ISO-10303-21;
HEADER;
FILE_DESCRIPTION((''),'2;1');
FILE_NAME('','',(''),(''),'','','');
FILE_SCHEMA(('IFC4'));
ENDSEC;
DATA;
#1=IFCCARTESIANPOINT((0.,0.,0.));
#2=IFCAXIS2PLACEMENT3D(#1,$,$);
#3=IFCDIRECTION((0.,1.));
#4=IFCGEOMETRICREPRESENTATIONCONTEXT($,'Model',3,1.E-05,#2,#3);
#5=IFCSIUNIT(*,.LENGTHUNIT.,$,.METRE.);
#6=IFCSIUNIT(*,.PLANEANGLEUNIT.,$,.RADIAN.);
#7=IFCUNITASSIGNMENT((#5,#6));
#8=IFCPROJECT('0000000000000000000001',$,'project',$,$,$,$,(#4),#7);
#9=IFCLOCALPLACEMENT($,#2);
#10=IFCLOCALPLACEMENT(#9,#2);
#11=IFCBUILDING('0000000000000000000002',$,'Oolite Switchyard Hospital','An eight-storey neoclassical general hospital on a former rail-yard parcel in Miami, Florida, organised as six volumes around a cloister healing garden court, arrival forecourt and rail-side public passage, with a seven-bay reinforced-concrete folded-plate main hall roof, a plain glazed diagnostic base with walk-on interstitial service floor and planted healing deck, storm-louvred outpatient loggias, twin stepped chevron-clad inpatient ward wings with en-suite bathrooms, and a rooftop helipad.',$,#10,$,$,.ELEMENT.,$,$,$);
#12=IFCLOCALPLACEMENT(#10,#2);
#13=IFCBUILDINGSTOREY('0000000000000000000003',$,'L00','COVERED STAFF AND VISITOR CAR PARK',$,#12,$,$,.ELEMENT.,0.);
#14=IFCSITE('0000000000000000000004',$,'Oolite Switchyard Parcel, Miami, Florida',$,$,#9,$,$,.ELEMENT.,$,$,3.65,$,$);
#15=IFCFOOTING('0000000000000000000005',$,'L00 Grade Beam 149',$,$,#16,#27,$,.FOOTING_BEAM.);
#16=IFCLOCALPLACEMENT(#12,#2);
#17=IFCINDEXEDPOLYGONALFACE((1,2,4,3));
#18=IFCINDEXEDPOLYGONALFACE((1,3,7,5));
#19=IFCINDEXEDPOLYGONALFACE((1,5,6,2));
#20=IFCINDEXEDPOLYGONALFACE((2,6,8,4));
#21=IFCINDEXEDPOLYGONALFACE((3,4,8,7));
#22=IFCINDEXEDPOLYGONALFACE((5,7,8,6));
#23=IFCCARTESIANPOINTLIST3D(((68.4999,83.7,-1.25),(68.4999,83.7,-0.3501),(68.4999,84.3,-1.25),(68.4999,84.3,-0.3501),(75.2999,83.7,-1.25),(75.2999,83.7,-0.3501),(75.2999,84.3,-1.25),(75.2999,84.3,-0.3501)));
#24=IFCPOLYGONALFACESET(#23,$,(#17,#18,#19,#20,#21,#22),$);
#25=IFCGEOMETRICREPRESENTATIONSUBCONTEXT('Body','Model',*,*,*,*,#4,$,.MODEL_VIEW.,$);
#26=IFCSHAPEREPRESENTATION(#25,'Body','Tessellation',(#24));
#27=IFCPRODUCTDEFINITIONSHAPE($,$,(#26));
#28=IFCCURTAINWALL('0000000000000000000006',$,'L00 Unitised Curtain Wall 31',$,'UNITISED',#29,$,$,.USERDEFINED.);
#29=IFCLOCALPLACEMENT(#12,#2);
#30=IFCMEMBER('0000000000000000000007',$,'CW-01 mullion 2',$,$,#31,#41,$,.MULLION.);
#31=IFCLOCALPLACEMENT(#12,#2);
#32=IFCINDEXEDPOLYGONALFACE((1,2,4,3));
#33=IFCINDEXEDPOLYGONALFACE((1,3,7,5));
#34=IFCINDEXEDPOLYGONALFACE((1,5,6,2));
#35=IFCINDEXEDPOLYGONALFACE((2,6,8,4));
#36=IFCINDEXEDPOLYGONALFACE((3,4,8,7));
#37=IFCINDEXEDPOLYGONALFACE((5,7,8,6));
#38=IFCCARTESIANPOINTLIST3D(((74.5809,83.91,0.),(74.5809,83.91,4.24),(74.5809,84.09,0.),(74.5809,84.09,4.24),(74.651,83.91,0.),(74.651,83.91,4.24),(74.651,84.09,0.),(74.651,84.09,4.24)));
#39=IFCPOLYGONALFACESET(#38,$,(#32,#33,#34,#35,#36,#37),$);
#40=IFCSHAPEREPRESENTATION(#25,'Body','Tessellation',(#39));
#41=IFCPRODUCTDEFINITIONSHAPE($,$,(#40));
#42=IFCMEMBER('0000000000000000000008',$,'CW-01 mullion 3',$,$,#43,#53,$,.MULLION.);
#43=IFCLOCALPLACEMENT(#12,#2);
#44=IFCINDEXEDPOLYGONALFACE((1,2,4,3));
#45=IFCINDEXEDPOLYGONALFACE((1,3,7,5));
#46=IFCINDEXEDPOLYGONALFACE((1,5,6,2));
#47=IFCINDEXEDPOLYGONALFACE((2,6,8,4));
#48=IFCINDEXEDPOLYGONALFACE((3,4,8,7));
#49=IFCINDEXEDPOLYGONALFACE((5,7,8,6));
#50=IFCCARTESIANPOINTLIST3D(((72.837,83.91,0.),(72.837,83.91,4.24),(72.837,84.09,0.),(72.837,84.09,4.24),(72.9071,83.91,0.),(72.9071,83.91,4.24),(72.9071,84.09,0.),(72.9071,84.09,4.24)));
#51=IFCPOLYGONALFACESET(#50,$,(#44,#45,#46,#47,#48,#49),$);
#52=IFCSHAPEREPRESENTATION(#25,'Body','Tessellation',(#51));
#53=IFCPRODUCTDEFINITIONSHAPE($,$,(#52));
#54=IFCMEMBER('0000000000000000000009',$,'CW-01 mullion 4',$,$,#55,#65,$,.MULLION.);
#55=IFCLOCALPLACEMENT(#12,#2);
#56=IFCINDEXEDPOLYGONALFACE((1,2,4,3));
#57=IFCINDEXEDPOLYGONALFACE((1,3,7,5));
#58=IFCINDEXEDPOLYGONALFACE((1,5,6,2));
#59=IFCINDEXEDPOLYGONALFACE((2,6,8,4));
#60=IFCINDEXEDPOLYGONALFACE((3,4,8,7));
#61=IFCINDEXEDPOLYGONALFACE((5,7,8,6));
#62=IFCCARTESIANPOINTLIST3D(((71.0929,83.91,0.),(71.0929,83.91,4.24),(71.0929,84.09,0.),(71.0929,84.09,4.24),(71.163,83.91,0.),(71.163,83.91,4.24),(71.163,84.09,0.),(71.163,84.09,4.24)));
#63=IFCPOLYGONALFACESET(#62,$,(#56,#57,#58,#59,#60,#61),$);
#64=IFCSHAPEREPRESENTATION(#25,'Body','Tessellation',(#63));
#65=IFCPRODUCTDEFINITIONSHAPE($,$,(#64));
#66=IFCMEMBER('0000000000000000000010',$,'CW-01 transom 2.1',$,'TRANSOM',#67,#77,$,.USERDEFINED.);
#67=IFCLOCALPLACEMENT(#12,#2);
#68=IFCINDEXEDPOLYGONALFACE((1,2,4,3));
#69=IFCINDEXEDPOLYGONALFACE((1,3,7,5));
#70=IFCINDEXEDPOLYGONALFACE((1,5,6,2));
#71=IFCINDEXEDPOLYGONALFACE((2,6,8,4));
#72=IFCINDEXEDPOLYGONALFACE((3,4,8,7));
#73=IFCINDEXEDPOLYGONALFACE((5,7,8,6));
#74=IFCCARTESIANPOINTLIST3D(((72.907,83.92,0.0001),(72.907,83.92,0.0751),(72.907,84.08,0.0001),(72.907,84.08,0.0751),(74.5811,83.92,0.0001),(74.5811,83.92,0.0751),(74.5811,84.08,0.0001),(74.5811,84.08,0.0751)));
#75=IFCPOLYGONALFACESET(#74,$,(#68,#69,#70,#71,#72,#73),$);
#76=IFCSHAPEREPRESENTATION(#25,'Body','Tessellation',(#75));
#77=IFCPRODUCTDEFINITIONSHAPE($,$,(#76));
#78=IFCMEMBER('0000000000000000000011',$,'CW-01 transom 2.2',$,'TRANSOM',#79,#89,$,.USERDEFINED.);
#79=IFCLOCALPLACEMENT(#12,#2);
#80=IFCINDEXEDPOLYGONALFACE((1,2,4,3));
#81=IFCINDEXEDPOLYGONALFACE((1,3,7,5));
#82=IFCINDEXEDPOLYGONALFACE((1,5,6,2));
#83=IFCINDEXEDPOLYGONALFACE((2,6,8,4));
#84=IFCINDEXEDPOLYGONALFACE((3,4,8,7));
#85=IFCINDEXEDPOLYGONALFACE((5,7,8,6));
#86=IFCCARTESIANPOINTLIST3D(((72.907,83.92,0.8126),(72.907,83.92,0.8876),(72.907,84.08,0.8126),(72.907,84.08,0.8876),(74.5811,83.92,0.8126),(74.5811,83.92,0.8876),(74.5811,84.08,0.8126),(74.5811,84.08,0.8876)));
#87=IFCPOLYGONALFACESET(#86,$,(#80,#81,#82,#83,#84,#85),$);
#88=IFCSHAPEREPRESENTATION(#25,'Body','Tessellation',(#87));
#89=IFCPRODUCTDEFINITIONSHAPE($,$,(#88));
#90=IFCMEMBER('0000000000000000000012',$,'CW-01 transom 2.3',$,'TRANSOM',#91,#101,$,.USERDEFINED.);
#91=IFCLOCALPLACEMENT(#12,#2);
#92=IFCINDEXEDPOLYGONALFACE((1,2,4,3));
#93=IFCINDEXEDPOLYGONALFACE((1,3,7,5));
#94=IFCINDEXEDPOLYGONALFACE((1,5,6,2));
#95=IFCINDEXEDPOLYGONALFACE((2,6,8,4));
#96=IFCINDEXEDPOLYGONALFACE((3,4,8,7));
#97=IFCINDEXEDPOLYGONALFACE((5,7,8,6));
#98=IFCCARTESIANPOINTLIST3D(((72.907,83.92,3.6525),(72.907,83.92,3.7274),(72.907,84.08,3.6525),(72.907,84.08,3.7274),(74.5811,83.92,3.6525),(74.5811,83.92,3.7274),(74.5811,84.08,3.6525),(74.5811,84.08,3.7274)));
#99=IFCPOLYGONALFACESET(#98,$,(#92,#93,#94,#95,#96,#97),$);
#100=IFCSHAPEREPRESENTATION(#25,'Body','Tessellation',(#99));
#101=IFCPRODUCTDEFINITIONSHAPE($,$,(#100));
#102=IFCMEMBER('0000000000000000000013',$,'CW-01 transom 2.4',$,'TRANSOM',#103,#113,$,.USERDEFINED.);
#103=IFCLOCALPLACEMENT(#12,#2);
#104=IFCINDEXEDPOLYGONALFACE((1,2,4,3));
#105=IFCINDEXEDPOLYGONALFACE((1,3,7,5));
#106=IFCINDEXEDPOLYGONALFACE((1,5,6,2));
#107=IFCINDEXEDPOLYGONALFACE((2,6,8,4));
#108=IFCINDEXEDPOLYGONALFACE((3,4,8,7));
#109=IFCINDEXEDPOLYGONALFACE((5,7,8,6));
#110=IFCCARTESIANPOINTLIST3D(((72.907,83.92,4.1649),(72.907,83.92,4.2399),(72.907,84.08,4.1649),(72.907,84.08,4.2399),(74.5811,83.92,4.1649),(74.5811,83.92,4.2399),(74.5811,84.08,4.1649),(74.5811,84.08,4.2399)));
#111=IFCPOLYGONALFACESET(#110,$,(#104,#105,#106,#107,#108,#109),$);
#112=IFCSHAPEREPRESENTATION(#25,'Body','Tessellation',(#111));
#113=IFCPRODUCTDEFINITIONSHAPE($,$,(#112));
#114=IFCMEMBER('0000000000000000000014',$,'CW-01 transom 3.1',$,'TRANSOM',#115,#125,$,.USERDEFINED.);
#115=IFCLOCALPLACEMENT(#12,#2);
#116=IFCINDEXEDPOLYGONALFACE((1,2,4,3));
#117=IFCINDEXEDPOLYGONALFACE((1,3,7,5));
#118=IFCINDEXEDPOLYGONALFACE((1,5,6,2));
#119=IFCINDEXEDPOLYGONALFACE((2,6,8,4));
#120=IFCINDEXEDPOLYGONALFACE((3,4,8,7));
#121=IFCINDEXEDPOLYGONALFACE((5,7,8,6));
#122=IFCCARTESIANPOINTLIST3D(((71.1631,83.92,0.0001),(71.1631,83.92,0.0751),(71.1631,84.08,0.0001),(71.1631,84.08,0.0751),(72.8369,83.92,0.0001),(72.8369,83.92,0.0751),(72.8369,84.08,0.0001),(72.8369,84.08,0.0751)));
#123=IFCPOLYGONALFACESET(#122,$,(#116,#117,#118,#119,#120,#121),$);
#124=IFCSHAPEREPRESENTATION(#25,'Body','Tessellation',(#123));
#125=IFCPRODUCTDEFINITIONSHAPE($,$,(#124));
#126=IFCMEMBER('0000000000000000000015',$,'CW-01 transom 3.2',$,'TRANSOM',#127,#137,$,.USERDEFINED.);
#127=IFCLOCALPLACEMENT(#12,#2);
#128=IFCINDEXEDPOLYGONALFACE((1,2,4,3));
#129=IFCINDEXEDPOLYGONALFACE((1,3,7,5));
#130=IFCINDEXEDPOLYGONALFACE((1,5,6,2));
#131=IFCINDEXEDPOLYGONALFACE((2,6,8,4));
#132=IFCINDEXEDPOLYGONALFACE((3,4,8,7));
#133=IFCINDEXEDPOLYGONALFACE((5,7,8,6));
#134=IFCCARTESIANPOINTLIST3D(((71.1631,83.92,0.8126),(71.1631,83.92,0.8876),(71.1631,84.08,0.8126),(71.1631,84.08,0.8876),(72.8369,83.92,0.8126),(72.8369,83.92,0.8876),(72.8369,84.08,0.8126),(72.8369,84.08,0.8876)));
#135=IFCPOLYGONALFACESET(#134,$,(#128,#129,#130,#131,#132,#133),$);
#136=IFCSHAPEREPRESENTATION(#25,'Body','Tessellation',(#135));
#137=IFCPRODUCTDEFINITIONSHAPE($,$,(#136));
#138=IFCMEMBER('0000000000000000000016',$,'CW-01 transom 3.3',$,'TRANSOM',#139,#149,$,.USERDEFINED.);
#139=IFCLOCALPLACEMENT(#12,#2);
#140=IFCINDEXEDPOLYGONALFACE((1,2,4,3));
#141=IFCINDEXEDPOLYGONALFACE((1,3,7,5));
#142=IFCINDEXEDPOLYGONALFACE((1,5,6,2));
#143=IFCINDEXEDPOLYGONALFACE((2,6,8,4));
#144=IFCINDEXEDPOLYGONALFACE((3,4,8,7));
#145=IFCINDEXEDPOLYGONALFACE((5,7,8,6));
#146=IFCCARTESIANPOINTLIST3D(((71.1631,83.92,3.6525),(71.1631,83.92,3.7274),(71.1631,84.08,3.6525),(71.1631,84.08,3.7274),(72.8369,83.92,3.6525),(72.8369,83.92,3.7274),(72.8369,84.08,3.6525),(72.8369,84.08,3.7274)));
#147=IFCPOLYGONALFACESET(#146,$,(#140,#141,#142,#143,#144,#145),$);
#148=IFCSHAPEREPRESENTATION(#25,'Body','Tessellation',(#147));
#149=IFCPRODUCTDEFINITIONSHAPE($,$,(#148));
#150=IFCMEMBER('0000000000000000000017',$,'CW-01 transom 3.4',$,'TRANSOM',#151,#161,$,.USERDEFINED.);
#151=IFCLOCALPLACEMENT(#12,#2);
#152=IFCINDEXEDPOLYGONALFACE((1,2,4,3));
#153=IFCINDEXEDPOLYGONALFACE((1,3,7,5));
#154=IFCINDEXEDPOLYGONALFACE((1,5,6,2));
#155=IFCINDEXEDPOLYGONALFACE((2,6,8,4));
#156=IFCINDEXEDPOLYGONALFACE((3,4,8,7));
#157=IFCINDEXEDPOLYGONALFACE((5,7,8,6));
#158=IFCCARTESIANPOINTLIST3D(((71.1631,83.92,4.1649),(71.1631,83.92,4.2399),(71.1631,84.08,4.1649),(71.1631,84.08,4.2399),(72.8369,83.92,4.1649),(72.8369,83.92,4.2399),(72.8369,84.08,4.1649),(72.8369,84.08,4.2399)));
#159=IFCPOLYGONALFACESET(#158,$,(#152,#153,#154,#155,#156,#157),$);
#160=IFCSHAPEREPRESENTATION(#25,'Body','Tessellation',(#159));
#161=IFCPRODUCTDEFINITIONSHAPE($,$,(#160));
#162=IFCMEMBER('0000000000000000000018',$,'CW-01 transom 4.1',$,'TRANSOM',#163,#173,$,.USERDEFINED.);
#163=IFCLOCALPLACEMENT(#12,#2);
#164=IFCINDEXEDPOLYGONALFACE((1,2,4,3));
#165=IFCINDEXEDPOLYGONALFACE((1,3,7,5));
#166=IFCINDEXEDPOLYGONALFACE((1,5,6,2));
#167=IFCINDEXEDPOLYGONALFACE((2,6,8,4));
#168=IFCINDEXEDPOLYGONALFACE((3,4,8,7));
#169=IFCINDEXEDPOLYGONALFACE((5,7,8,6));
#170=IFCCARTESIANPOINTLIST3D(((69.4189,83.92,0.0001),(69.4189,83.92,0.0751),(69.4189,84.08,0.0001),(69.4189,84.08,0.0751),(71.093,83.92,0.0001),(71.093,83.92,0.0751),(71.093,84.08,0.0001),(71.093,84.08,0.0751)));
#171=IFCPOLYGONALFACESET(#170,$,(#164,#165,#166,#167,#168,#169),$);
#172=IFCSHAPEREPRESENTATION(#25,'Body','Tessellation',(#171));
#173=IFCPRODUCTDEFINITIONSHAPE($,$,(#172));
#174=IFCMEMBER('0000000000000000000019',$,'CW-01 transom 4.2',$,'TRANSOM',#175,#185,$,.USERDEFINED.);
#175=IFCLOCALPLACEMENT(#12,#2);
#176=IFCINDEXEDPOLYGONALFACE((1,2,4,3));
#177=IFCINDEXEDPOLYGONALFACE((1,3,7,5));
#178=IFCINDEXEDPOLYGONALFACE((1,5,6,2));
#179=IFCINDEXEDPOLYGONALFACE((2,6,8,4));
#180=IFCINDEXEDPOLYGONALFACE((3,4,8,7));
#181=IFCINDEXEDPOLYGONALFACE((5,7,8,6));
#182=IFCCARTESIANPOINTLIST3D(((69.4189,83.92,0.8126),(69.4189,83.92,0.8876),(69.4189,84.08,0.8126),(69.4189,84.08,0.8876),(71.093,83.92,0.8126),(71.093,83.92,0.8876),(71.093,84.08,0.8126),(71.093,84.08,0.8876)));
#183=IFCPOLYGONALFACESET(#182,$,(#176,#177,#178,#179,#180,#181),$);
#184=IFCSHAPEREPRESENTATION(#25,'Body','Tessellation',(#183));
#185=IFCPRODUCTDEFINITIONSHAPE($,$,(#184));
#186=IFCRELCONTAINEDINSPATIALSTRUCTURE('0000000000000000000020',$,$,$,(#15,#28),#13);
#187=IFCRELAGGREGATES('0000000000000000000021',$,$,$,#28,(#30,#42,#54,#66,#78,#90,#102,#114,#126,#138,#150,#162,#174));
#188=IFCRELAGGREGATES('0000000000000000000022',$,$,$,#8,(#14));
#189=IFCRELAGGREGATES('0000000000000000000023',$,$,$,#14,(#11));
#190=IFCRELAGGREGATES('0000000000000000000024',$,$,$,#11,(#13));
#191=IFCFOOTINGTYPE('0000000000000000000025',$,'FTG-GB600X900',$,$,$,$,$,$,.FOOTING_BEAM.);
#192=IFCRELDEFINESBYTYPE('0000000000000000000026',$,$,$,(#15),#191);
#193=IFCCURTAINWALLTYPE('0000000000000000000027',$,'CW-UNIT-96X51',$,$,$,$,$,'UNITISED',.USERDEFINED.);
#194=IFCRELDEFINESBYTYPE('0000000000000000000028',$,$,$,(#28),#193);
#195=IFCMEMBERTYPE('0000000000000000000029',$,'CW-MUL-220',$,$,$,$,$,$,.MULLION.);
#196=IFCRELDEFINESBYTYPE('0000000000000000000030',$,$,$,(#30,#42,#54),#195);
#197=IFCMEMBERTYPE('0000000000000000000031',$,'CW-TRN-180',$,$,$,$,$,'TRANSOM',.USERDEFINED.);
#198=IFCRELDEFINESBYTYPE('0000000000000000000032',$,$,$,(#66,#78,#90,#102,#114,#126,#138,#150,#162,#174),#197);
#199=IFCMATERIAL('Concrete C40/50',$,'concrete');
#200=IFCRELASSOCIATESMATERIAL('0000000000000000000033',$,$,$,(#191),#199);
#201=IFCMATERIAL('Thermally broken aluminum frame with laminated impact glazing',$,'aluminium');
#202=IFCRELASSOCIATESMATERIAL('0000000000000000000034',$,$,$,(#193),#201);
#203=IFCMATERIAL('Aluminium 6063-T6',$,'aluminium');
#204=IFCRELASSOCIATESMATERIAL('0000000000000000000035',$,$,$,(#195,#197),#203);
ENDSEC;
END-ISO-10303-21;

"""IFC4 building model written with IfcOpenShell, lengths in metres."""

from ifc_helpers import new_model, si_unit, direction, frame, origin, origin_2d, place, context, subcontext, project, spatial, rectangle, extrude, material, material_profile, profile_set, type_object, element, aggregate, save


model = new_model("IFC4")

# Units and contexts
model_context = context("Model", 3, precision=1e-05, world=origin(), true_north=direction((0.0, 1.0)))
body_context = subcontext(model_context, "Body", "Model", "MODEL_VIEW")
ifc_project = project(units=[si_unit("LENGTHUNIT", "METRE"), si_unit("PLANEANGLEUNIT", "RADIAN")], contexts=[model_context])

# Site, building, storey
site_placement = place(None, origin())
site = spatial("IfcSite", under=ifc_project, at=site_placement, Name="Oolite Switchyard Parcel, Miami, Florida", CompositionType="ELEMENT", RefElevation=3.65)
building_placement = place(site_placement, origin())
building = spatial("IfcBuilding", under=site, at=building_placement, Name="Oolite Switchyard Hospital", Description="An eight-storey neoclassical general hospital on a former rail-yard parcel in Miami, Florida, organised as six volumes around a cloister healing garden court, arrival forecourt and rail-side public passage, with a seven-bay reinforced-concrete folded-plate main hall roof, a plain glazed diagnostic base with walk-on interstitial service floor and planted healing deck, storm-louvred outpatient loggias, twin stepped chevron-clad inpatient ward wings with en-suite bathrooms, and a rooftop helipad.", CompositionType="ELEMENT")
storey_placement = place(building_placement, origin())
storey = spatial("IfcBuildingStorey", under=building, at=storey_placement, Name="L00", Description="COVERED STAFF AND VISITOR CAR PARK", CompositionType="ELEMENT", Elevation=0.0)

# Footing
ifc_material_1 = material(Name="Concrete C40/50", Category="concrete")
footing_type = type_object("IfcFootingType", Name="FTG-GB600X900", PredefinedType="FOOTING_BEAM", material=ifc_material_1)
footing_placement = place(storey_placement, frame((71.8999, 84.0, -1.25), z_axis=(0.0, 0.0, 1.0), x_axis=(1.0, 0.0, 0.0)))
element("IfcFooting", 1, at=footing_placement, inside=storey, type_object=footing_type, Name="L00 Grade Beam 149", PredefinedType="FOOTING_BEAM", context=body_context, shape_type="SweptSolid", body=[
    extrude(rectangle(XDim=6.8, YDim=0.6001, at=origin_2d()), origin(), (0.0, 0.0, 1.0), 0.8999),
])

# Curtain wall, members
ifc_material_2 = material(Name="Thermally broken aluminum frame with laminated impact glazing", Category="aluminium")
curtain_wall_type = type_object("IfcCurtainWallType", Name="CW-UNIT-96X51", ElementType="UNITISED", PredefinedType="USERDEFINED", material=ifc_material_2)
curtain_wall_placement = place(storey_placement, origin())
curtain_wall = element("IfcCurtainWall", 2, at=curtain_wall_placement, inside=storey, type_object=curtain_wall_type, Name="L00 Unitised Curtain Wall 31", ObjectType="UNITISED", PredefinedType="USERDEFINED")
ifc_material_3 = material(Name="Aluminium 6063-T6", Category="aluminium")
ifc_material_profile_1 = material_profile(ifc_material_3, rectangle(XDim=0.1799, YDim=0.0701, at=origin_2d()), Name="CWM70X180")
ifc_profile_set_1 = profile_set([ifc_material_profile_1], Name="Aluminium 6063-T6")
member_type_1 = type_object("IfcMemberType", Name="CW-MUL-220", PredefinedType="MULLION", material=ifc_profile_set_1)
member_1_placement = place(storey_placement, frame((74.616, 84.0, 0.0), z_axis=(0.0, 0.0, 1.0), x_axis=(0.0, -1.0, 0.0)))
member_1 = element("IfcMember", 3, at=member_1_placement, type_object=member_type_1, Name="CW-01 mullion 2", PredefinedType="MULLION", context=body_context, shape_type="SweptSolid", body=[
    extrude(rectangle(XDim=0.1799, YDim=0.0701, at=origin_2d()), origin(), (0.0, 0.0, 1.0), 4.24),
])
member_2_placement = place(storey_placement, frame((72.8721, 84.0, 0.0), z_axis=(0.0, 0.0, 1.0), x_axis=(0.0, -1.0, 0.0)))
member_2 = element("IfcMember", 4, at=member_2_placement, type_object=member_type_1, Name="CW-01 mullion 3", PredefinedType="MULLION", context=body_context, shape_type="SweptSolid", body=[
    extrude(rectangle(XDim=0.1799, YDim=0.0701, at=origin_2d()), origin(), (0.0, 0.0, 1.0), 4.24),
])
member_3_placement = place(storey_placement, frame((71.1279, 84.0, 0.0), z_axis=(0.0, 0.0, 1.0), x_axis=(0.0, -1.0, 0.0)))
member_3 = element("IfcMember", 5, at=member_3_placement, type_object=member_type_1, Name="CW-01 mullion 4", PredefinedType="MULLION", context=body_context, shape_type="SweptSolid", body=[
    extrude(rectangle(XDim=0.1799, YDim=0.0701, at=origin_2d()), origin(), (0.0, 0.0, 1.0), 4.24),
])
ifc_material_profile_2 = material_profile(ifc_material_3, rectangle(XDim=0.1599, YDim=0.075, at=origin_2d()), Name="CWT75X160")
ifc_profile_set_2 = profile_set([ifc_material_profile_2], Name="Aluminium 6063-T6")
member_type_2 = type_object("IfcMemberType", Name="CW-TRN-180", ElementType="TRANSOM", PredefinedType="USERDEFINED", material=ifc_profile_set_2)
member_4_placement = place(storey_placement, frame((74.5811, 84.0, 0.0376), z_axis=(-1.0, 0.0, 0.0), x_axis=(0.0, -1.0, 0.0)))
member_4 = element("IfcMember", 6, at=member_4_placement, type_object=member_type_2, Name="CW-01 transom 2.1", ObjectType="TRANSOM", PredefinedType="USERDEFINED", context=body_context, shape_type="SweptSolid", body=[
    extrude(rectangle(XDim=0.1599, YDim=0.075, at=origin_2d()), origin(), (0.0, 0.0, 1.0), 1.6741),
])
member_5_placement = place(storey_placement, frame((74.5811, 84.0, 0.8501), z_axis=(-1.0, 0.0, 0.0), x_axis=(0.0, -1.0, 0.0)))
member_5 = element("IfcMember", 7, at=member_5_placement, type_object=member_type_2, Name="CW-01 transom 2.2", ObjectType="TRANSOM", PredefinedType="USERDEFINED", context=body_context, shape_type="SweptSolid", body=[
    extrude(rectangle(XDim=0.1599, YDim=0.075, at=origin_2d()), origin(), (0.0, 0.0, 1.0), 1.6741),
])
member_6_placement = place(storey_placement, frame((74.5811, 84.0, 3.6899), z_axis=(-1.0, 0.0, 0.0), x_axis=(0.0, -1.0, 0.0)))
member_6 = element("IfcMember", 8, at=member_6_placement, type_object=member_type_2, Name="CW-01 transom 2.3", ObjectType="TRANSOM", PredefinedType="USERDEFINED", context=body_context, shape_type="SweptSolid", body=[
    extrude(rectangle(XDim=0.1599, YDim=0.075, at=origin_2d()), origin(), (0.0, 0.0, 1.0), 1.6741),
])
member_7_placement = place(storey_placement, frame((74.5811, 84.0, 4.2024), z_axis=(-1.0, 0.0, 0.0), x_axis=(0.0, -1.0, 0.0)))
member_7 = element("IfcMember", 9, at=member_7_placement, type_object=member_type_2, Name="CW-01 transom 2.4", ObjectType="TRANSOM", PredefinedType="USERDEFINED", context=body_context, shape_type="SweptSolid", body=[
    extrude(rectangle(XDim=0.1599, YDim=0.075, at=origin_2d()), origin(), (0.0, 0.0, 1.0), 1.6741),
])
member_8_placement = place(storey_placement, frame((72.8369, 84.0, 0.0376), z_axis=(-1.0, 0.0, 0.0), x_axis=(0.0, -1.0, 0.0)))
member_8 = element("IfcMember", 10, at=member_8_placement, type_object=member_type_2, Name="CW-01 transom 3.1", ObjectType="TRANSOM", PredefinedType="USERDEFINED", context=body_context, shape_type="SweptSolid", body=[
    extrude(rectangle(XDim=0.1599, YDim=0.075, at=origin_2d()), origin(), (0.0, 0.0, 1.0), 1.6738),
])
member_9_placement = place(storey_placement, frame((72.8369, 84.0, 0.8501), z_axis=(-1.0, 0.0, 0.0), x_axis=(0.0, -1.0, 0.0)))
member_9 = element("IfcMember", 11, at=member_9_placement, type_object=member_type_2, Name="CW-01 transom 3.2", ObjectType="TRANSOM", PredefinedType="USERDEFINED", context=body_context, shape_type="SweptSolid", body=[
    extrude(rectangle(XDim=0.1599, YDim=0.075, at=origin_2d()), origin(), (0.0, 0.0, 1.0), 1.6738),
])
member_10_placement = place(storey_placement, frame((72.8369, 84.0, 3.6899), z_axis=(-1.0, 0.0, 0.0), x_axis=(0.0, -1.0, 0.0)))
member_10 = element("IfcMember", 12, at=member_10_placement, type_object=member_type_2, Name="CW-01 transom 3.3", ObjectType="TRANSOM", PredefinedType="USERDEFINED", context=body_context, shape_type="SweptSolid", body=[
    extrude(rectangle(XDim=0.1599, YDim=0.075, at=origin_2d()), origin(), (0.0, 0.0, 1.0), 1.6738),
])
member_11_placement = place(storey_placement, frame((72.8369, 84.0, 4.2024), z_axis=(-1.0, 0.0, 0.0), x_axis=(0.0, -1.0, 0.0)))
member_11 = element("IfcMember", 13, at=member_11_placement, type_object=member_type_2, Name="CW-01 transom 3.4", ObjectType="TRANSOM", PredefinedType="USERDEFINED", context=body_context, shape_type="SweptSolid", body=[
    extrude(rectangle(XDim=0.1599, YDim=0.075, at=origin_2d()), origin(), (0.0, 0.0, 1.0), 1.6738),
])
member_12_placement = place(storey_placement, frame((71.093, 84.0, 0.0376), z_axis=(-1.0, 0.0, 0.0), x_axis=(0.0, -1.0, 0.0)))
member_12 = element("IfcMember", 14, at=member_12_placement, type_object=member_type_2, Name="CW-01 transom 4.1", ObjectType="TRANSOM", PredefinedType="USERDEFINED", context=body_context, shape_type="SweptSolid", body=[
    extrude(rectangle(XDim=0.1599, YDim=0.075, at=origin_2d()), origin(), (0.0, 0.0, 1.0), 1.6741),
])
member_13_placement = place(storey_placement, frame((71.093, 84.0, 0.8501), z_axis=(-1.0, 0.0, 0.0), x_axis=(0.0, -1.0, 0.0)))
member_13 = element("IfcMember", 15, at=member_13_placement, type_object=member_type_2, Name="CW-01 transom 4.2", ObjectType="TRANSOM", PredefinedType="USERDEFINED", context=body_context, shape_type="SweptSolid", body=[
    extrude(rectangle(XDim=0.1599, YDim=0.075, at=origin_2d()), origin(), (0.0, 0.0, 1.0), 1.6741),
])
aggregate(curtain_wall, [member_1, member_2, member_3, member_4, member_5, member_6, member_7, member_8, member_9, member_10, member_11, member_12, member_13])

save(model, "model.ifc")
